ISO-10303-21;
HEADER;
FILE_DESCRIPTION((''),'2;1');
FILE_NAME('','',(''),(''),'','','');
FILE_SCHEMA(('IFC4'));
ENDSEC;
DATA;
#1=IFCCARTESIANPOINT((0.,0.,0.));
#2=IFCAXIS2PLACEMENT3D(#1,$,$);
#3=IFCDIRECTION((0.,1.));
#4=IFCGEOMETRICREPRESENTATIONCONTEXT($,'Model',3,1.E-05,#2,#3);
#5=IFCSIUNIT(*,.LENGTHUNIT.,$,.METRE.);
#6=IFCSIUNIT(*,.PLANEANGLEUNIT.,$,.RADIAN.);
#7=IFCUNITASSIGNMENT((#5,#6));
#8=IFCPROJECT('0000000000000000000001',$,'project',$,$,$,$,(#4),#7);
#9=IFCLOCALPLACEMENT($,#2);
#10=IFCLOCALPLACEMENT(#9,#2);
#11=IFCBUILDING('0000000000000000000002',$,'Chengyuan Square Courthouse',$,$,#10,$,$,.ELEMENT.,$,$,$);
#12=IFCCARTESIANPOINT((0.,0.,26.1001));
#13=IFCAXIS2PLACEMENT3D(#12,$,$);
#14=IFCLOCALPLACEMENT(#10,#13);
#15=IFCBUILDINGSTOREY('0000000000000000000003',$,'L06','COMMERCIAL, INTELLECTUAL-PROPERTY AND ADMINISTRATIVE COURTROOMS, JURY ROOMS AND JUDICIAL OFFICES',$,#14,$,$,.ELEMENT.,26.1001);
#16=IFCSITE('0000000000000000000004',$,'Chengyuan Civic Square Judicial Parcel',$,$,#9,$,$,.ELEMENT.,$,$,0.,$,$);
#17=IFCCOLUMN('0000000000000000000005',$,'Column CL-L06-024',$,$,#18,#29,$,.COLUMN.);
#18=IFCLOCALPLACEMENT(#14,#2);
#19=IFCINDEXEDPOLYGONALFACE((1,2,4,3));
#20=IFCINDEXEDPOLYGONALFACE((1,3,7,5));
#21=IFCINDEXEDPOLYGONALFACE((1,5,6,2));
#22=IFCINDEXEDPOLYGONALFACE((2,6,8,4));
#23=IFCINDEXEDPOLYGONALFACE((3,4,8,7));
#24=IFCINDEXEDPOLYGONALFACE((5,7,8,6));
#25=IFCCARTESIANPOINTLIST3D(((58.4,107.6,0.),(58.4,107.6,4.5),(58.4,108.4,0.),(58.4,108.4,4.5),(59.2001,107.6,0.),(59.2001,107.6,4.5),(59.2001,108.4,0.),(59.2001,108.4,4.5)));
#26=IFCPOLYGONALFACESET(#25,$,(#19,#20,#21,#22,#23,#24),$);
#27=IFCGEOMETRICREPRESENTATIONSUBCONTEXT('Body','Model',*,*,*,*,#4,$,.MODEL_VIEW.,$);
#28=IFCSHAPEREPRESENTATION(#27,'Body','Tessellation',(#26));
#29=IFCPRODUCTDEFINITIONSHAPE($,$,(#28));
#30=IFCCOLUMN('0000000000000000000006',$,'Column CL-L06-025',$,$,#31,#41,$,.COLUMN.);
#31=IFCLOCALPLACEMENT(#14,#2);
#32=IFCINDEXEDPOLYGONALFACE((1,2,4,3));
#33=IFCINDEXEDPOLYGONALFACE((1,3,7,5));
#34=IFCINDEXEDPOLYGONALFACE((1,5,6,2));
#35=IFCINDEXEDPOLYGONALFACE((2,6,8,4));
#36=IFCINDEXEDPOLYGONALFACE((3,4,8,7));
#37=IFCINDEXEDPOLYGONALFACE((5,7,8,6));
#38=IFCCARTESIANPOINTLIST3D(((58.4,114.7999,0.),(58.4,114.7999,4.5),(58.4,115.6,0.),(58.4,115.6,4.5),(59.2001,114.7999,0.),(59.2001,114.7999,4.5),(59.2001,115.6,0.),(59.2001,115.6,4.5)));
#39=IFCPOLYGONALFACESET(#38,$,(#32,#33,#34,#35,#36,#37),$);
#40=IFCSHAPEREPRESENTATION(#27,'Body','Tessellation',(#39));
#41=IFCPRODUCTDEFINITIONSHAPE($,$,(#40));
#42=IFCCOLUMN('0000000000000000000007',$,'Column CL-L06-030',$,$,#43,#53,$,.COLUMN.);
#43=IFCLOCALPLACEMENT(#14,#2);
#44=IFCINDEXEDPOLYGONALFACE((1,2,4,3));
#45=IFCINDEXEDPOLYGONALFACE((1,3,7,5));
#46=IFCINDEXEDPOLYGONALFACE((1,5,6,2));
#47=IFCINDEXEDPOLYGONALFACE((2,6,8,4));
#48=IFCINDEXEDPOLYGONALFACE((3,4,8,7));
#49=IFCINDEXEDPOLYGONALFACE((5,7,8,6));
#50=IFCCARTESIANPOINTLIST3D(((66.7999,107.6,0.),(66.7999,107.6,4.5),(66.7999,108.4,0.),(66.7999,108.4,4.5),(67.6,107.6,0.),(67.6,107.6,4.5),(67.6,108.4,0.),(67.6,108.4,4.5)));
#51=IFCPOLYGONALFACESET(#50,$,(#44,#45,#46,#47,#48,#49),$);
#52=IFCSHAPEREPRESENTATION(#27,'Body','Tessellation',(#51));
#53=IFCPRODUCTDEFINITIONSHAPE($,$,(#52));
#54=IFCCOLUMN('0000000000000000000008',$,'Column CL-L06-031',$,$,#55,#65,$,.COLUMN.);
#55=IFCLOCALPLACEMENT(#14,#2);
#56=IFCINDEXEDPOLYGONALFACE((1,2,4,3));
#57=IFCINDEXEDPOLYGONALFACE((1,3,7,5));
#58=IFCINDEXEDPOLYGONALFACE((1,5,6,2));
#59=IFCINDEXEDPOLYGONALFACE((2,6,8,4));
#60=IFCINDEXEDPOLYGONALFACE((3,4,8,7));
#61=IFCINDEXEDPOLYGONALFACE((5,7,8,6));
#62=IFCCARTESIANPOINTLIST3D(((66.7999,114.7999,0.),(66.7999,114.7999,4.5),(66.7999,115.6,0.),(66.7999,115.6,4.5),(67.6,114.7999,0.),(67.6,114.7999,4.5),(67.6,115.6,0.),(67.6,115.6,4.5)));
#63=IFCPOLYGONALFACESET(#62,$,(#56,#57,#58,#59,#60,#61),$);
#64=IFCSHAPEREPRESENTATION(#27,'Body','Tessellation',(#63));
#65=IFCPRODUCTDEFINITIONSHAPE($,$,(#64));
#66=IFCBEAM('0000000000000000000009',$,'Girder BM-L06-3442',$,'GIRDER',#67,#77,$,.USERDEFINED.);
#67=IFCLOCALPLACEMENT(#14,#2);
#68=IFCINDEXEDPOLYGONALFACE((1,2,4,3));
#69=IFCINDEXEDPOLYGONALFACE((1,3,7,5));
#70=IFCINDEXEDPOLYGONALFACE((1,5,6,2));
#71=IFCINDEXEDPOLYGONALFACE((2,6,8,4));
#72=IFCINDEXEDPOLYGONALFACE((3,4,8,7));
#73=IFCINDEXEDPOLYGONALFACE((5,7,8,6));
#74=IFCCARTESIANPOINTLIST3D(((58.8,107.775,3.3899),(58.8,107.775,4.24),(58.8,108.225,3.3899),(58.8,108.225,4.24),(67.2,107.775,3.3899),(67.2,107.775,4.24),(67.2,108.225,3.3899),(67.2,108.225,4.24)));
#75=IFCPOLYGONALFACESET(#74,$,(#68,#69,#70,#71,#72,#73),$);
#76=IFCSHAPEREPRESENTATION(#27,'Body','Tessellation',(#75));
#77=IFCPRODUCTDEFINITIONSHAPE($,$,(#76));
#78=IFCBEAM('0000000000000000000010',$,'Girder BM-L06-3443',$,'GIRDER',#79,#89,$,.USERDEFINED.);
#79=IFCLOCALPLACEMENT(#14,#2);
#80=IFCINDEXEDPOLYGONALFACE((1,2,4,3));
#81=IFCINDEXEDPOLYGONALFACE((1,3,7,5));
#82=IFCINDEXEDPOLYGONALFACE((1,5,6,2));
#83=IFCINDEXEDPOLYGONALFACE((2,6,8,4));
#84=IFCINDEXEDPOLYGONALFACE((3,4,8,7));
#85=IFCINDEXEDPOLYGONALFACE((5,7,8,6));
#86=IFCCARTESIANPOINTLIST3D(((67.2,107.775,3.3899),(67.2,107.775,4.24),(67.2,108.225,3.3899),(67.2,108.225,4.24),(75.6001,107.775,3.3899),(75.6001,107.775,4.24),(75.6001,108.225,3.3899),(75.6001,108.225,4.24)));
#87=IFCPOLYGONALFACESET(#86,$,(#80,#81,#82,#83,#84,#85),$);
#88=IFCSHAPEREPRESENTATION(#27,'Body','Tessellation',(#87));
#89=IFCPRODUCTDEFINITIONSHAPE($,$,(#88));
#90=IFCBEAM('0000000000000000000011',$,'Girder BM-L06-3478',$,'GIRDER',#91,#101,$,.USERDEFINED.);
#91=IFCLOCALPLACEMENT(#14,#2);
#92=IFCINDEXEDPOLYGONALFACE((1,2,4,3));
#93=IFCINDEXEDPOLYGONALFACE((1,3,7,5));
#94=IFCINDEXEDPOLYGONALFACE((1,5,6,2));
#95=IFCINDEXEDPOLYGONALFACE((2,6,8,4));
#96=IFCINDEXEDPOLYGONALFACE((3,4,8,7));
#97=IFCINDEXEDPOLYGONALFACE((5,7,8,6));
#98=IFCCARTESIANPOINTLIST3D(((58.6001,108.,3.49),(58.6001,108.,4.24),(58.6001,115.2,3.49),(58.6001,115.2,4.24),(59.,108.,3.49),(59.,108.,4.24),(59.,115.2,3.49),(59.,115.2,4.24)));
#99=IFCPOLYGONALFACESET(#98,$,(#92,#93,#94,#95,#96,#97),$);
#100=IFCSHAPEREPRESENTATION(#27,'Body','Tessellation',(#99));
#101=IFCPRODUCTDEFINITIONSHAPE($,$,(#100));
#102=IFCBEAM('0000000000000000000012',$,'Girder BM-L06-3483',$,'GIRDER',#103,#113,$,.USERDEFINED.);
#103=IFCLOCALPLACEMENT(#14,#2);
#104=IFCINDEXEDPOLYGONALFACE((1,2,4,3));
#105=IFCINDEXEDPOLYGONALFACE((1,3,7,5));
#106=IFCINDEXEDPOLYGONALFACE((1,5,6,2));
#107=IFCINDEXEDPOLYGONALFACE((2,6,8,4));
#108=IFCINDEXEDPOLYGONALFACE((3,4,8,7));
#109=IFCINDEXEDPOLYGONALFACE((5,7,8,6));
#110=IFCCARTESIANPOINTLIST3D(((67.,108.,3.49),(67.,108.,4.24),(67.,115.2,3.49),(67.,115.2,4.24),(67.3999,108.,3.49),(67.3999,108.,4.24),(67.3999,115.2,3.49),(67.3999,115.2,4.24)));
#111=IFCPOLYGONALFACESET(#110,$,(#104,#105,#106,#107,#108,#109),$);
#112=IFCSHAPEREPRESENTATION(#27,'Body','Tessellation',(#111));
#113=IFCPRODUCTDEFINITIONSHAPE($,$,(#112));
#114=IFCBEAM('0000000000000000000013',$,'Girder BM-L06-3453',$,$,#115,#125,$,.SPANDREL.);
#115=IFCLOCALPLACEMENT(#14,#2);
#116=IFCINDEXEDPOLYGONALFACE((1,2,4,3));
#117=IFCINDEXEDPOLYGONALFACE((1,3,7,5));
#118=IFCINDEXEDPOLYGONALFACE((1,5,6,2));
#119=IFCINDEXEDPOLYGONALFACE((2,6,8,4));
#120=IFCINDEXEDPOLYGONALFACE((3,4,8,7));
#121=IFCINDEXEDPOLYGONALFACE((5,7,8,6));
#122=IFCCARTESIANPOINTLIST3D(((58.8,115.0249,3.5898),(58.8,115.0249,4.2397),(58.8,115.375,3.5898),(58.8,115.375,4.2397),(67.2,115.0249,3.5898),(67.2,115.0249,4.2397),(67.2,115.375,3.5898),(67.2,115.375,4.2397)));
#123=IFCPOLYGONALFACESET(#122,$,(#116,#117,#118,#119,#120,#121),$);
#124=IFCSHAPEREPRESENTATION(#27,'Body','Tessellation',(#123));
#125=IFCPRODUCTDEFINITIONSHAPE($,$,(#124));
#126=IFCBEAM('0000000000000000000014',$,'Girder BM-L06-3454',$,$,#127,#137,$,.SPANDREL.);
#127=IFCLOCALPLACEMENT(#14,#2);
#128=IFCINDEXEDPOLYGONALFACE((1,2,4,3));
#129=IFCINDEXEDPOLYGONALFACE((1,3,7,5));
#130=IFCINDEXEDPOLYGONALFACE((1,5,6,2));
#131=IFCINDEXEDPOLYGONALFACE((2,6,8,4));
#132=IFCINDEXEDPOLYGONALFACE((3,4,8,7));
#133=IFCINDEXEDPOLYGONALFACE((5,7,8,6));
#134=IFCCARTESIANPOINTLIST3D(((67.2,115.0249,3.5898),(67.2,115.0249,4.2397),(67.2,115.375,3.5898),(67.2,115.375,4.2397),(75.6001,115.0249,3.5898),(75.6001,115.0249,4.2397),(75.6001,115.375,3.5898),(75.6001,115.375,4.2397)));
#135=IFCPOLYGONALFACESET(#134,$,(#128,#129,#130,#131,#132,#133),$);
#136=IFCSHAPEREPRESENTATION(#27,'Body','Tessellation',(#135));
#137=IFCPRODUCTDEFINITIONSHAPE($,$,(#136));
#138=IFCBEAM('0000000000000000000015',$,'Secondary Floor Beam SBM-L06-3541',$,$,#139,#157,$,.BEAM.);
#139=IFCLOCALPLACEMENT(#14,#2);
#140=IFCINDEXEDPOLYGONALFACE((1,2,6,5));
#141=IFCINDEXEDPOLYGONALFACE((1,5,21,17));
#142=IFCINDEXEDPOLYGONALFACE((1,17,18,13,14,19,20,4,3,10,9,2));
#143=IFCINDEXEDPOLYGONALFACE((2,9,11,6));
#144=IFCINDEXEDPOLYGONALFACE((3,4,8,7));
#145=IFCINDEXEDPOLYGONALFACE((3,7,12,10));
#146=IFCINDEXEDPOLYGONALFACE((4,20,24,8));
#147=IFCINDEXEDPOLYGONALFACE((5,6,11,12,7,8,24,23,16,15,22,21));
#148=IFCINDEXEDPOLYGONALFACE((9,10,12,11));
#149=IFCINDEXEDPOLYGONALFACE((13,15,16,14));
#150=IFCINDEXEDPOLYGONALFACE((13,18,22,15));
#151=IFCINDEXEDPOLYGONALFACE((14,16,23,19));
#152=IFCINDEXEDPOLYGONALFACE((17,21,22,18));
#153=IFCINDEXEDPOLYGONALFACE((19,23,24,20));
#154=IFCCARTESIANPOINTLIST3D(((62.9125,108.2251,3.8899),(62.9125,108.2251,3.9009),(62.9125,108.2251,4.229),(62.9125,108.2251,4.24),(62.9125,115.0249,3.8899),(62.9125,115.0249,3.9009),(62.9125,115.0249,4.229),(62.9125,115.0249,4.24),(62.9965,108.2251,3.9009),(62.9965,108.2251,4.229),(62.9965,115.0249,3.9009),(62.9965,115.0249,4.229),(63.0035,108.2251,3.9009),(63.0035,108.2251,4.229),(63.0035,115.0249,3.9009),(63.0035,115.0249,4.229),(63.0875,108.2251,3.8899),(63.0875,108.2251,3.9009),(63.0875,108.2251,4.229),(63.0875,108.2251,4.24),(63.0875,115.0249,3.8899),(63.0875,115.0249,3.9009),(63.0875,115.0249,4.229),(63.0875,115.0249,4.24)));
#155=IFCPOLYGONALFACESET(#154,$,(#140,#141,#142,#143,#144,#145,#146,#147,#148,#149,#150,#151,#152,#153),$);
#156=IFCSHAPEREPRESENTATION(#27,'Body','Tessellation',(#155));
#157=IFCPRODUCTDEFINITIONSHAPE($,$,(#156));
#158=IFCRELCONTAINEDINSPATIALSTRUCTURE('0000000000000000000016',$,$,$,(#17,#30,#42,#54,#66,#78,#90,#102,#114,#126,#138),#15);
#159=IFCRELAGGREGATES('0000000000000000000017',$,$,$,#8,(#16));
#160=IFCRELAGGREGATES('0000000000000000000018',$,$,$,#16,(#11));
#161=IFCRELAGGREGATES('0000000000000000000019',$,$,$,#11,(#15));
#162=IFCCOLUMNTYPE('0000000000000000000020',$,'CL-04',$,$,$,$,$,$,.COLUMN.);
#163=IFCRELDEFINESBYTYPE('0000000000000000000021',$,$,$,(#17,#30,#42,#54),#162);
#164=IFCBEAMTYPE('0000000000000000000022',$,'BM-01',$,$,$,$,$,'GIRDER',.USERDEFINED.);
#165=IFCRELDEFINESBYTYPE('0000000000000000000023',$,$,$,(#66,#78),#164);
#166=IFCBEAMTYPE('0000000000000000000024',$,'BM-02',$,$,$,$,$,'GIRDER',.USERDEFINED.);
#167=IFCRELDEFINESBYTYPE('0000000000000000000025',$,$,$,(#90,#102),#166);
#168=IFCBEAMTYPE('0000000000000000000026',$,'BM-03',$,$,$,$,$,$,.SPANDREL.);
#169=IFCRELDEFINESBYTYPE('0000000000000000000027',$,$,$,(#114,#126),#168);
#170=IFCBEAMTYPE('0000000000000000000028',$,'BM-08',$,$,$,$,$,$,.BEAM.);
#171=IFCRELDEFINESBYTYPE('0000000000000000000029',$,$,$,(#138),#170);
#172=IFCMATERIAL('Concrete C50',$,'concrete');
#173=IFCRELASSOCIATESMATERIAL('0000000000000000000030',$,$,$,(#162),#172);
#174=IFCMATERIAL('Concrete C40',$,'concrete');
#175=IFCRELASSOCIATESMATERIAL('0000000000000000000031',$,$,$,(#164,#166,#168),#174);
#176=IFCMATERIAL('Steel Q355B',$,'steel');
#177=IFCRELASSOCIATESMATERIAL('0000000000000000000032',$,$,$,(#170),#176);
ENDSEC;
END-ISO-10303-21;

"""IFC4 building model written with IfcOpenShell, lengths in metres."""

from ifc_helpers import new_model, si_unit, direction, frame, origin, origin_2d, place, context, subcontext, project, spatial, rectangle, i_section, extrude, material, material_profile, profile_set, type_object, element, save


model = new_model("IFC4")

# Units and contexts
model_context = context("Model", 3, precision=1e-05, world=origin(), true_north=direction((0.0, 1.0)))
body_context = subcontext(model_context, "Body", "Model", "MODEL_VIEW")
ifc_project = project(units=[si_unit("LENGTHUNIT", "METRE"), si_unit("PLANEANGLEUNIT", "RADIAN")], contexts=[model_context])

# Site, building, storey
site_placement = place(None, origin())
site = spatial("IfcSite", under=ifc_project, at=site_placement, Name="Chengyuan Civic Square Judicial Parcel", CompositionType="ELEMENT", RefElevation=0.0)
building_placement = place(site_placement, origin())
building = spatial("IfcBuilding", under=site, at=building_placement, Name="Chengyuan Square Courthouse", CompositionType="ELEMENT")
storey_placement = place(building_placement, frame((0.0, 0.0, 26.1001)))
storey = spatial("IfcBuildingStorey", under=building, at=storey_placement, Name="L06", Description="COMMERCIAL, INTELLECTUAL-PROPERTY AND ADMINISTRATIVE COURTROOMS, JURY ROOMS AND JUDICIAL OFFICES", CompositionType="ELEMENT", Elevation=26.1001)

# Columns
ifc_material_1 = material(Name="Concrete C50", Category="concrete")
ifc_material_profile_1 = material_profile(ifc_material_1, rectangle(XDim=0.8, YDim=0.8, at=origin_2d()), Name="RC-COL-800x800")
ifc_profile_set_1 = profile_set([ifc_material_profile_1], Name="Concrete C50")
column_type = type_object("IfcColumnType", Name="CL-04", PredefinedType="COLUMN", material=ifc_profile_set_1)
for number, where, z_axis, x_axis, name in (
    (1, (58.8, 108.0, 0.0), (0.0, 0.0, 1.0), (1.0, 0.0, 0.0), "Column CL-L06-024"),
    (2, (58.8, 115.2, 0.0), (0.0, 0.0, 1.0), (1.0, 0.0, 0.0), "Column CL-L06-025"),
    (3, (67.2, 108.0, 0.0), (0.0, 0.0, 1.0), (1.0, 0.0, 0.0), "Column CL-L06-030"),
    (4, (67.2, 115.2, 0.0), (0.0, 0.0, 1.0), (1.0, 0.0, 0.0), "Column CL-L06-031"),
):
    element("IfcColumn", number, at=place(storey_placement, frame(where, z_axis=z_axis, x_axis=x_axis)), inside=storey, type_object=column_type, Name=name, PredefinedType="COLUMN", context=body_context, shape_type="SweptSolid", body=[
        extrude(rectangle(XDim=0.8, YDim=0.8, at=origin_2d()), origin(), (0.0, 0.0, 1.0), 4.5),
    ])

# Beams
ifc_material_2 = material(Name="Concrete C40", Category="concrete")
ifc_material_profile_2 = material_profile(ifc_material_2, rectangle(XDim=0.45, YDim=0.8501, at=origin_2d()), Name="RC-BM-450x850")
ifc_profile_set_2 = profile_set([ifc_material_profile_2], Name="Concrete C40")
beam_type_1 = type_object("IfcBeamType", Name="BM-01", ElementType="GIRDER", PredefinedType="USERDEFINED", material=ifc_profile_set_2)
beam_1_placement = place(storey_placement, frame((58.8, 108.0, 3.8149), z_axis=(1.0, 0.0, 0.0), x_axis=(0.0, 1.0, 0.0)))
element("IfcBeam", 5, at=beam_1_placement, inside=storey, type_object=beam_type_1, Name="Girder BM-L06-3442", ObjectType="GIRDER", PredefinedType="USERDEFINED", context=body_context, shape_type="SweptSolid", body=[
    extrude(rectangle(XDim=0.45, YDim=0.8501, at=origin_2d()), origin(), (0.0, 0.0, 1.0), 8.3999),
])
beam_2_placement = place(storey_placement, frame((67.2, 108.0, 3.8149), z_axis=(1.0, 0.0, 0.0), x_axis=(0.0, 1.0, 0.0)))
element("IfcBeam", 6, at=beam_2_placement, inside=storey, type_object=beam_type_1, Name="Girder BM-L06-3443", ObjectType="GIRDER", PredefinedType="USERDEFINED", context=body_context, shape_type="SweptSolid", body=[
    extrude(rectangle(XDim=0.45, YDim=0.8501, at=origin_2d()), origin(), (0.0, 0.0, 1.0), 8.4001),
])
ifc_material_profile_3 = material_profile(ifc_material_2, rectangle(XDim=0.3999, YDim=0.75, at=origin_2d()), Name="RC-BM-400x750")
ifc_profile_set_3 = profile_set([ifc_material_profile_3], Name="Concrete C40")
beam_type_2 = type_object("IfcBeamType", Name="BM-02", ElementType="GIRDER", PredefinedType="USERDEFINED", material=ifc_profile_set_3)
for number, where, z_axis, x_axis, name in (
    (7, (58.8, 108.0, 3.865), (0.0, 1.0, 0.0), (-1.0, 0.0, 0.0), "Girder BM-L06-3478"),
    (8, (67.2, 108.0, 3.865), (0.0, 1.0, 0.0), (-1.0, 0.0, 0.0), "Girder BM-L06-3483"),
):
    element("IfcBeam", number, at=place(storey_placement, frame(where, z_axis=z_axis, x_axis=x_axis)), inside=storey, type_object=beam_type_2, Name=name, ObjectType="GIRDER", PredefinedType="USERDEFINED", context=body_context, shape_type="SweptSolid", body=[
        extrude(rectangle(XDim=0.3999, YDim=0.75, at=origin_2d()), origin(), (0.0, 0.0, 1.0), 7.2),
    ])
ifc_material_profile_4 = material_profile(ifc_material_2, rectangle(XDim=0.3501, YDim=0.6499, at=origin_2d()), Name="RC-BM-350x650")
ifc_profile_set_4 = profile_set([ifc_material_profile_4], Name="Concrete C40")
beam_type_3 = type_object("IfcBeamType", Name="BM-03", PredefinedType="SPANDREL", material=ifc_profile_set_4)
beam_3_placement = place(storey_placement, frame((58.8, 115.2, 3.9148), z_axis=(1.0, 0.0, 0.0), x_axis=(0.0, 1.0, 0.0)))
element("IfcBeam", 9, at=beam_3_placement, inside=storey, type_object=beam_type_3, Name="Girder BM-L06-3453", PredefinedType="SPANDREL", context=body_context, shape_type="SweptSolid", body=[
    extrude(rectangle(XDim=0.3501, YDim=0.6499, at=origin_2d()), origin(), (0.0, 0.0, 1.0), 8.3999),
])
beam_4_placement = place(storey_placement, frame((67.2, 115.2, 3.9148), z_axis=(1.0, 0.0, 0.0), x_axis=(0.0, 1.0, 0.0)))
element("IfcBeam", 10, at=beam_4_placement, inside=storey, type_object=beam_type_3, Name="Girder BM-L06-3454", PredefinedType="SPANDREL", context=body_context, shape_type="SweptSolid", body=[
    extrude(rectangle(XDim=0.3501, YDim=0.6499, at=origin_2d()), origin(), (0.0, 0.0, 1.0), 8.4001),
])
ifc_material_3 = material(Name="Steel Q355B", Category="steel")
ifc_material_profile_5 = material_profile(ifc_material_3, i_section(OverallWidth=0.175, OverallDepth=0.3501, WebThickness=0.0071, FlangeThickness=0.011, at=origin_2d()), Name="HN 350x175x7x11")
ifc_profile_set_5 = profile_set([ifc_material_profile_5], Name="Steel Q355B")
beam_type_4 = type_object("IfcBeamType", Name="BM-08", PredefinedType="BEAM", material=ifc_profile_set_5)
beam_5_placement = place(storey_placement, frame((63.0, 108.2251, 4.0649), z_axis=(0.0, 1.0, 0.0), x_axis=(-1.0, 0.0, 0.0)))
element("IfcBeam", 11, at=beam_5_placement, inside=storey, type_object=beam_type_4, Name="Secondary Floor Beam SBM-L06-3541", PredefinedType="BEAM", context=body_context, shape_type="SweptSolid", body=[
    extrude(i_section(OverallWidth=0.175, OverallDepth=0.3501, WebThickness=0.0071, FlangeThickness=0.011, at=origin_2d()), origin(), (0.0, 0.0, 1.0), 6.7998),
])

save(model, "model.ifc")
